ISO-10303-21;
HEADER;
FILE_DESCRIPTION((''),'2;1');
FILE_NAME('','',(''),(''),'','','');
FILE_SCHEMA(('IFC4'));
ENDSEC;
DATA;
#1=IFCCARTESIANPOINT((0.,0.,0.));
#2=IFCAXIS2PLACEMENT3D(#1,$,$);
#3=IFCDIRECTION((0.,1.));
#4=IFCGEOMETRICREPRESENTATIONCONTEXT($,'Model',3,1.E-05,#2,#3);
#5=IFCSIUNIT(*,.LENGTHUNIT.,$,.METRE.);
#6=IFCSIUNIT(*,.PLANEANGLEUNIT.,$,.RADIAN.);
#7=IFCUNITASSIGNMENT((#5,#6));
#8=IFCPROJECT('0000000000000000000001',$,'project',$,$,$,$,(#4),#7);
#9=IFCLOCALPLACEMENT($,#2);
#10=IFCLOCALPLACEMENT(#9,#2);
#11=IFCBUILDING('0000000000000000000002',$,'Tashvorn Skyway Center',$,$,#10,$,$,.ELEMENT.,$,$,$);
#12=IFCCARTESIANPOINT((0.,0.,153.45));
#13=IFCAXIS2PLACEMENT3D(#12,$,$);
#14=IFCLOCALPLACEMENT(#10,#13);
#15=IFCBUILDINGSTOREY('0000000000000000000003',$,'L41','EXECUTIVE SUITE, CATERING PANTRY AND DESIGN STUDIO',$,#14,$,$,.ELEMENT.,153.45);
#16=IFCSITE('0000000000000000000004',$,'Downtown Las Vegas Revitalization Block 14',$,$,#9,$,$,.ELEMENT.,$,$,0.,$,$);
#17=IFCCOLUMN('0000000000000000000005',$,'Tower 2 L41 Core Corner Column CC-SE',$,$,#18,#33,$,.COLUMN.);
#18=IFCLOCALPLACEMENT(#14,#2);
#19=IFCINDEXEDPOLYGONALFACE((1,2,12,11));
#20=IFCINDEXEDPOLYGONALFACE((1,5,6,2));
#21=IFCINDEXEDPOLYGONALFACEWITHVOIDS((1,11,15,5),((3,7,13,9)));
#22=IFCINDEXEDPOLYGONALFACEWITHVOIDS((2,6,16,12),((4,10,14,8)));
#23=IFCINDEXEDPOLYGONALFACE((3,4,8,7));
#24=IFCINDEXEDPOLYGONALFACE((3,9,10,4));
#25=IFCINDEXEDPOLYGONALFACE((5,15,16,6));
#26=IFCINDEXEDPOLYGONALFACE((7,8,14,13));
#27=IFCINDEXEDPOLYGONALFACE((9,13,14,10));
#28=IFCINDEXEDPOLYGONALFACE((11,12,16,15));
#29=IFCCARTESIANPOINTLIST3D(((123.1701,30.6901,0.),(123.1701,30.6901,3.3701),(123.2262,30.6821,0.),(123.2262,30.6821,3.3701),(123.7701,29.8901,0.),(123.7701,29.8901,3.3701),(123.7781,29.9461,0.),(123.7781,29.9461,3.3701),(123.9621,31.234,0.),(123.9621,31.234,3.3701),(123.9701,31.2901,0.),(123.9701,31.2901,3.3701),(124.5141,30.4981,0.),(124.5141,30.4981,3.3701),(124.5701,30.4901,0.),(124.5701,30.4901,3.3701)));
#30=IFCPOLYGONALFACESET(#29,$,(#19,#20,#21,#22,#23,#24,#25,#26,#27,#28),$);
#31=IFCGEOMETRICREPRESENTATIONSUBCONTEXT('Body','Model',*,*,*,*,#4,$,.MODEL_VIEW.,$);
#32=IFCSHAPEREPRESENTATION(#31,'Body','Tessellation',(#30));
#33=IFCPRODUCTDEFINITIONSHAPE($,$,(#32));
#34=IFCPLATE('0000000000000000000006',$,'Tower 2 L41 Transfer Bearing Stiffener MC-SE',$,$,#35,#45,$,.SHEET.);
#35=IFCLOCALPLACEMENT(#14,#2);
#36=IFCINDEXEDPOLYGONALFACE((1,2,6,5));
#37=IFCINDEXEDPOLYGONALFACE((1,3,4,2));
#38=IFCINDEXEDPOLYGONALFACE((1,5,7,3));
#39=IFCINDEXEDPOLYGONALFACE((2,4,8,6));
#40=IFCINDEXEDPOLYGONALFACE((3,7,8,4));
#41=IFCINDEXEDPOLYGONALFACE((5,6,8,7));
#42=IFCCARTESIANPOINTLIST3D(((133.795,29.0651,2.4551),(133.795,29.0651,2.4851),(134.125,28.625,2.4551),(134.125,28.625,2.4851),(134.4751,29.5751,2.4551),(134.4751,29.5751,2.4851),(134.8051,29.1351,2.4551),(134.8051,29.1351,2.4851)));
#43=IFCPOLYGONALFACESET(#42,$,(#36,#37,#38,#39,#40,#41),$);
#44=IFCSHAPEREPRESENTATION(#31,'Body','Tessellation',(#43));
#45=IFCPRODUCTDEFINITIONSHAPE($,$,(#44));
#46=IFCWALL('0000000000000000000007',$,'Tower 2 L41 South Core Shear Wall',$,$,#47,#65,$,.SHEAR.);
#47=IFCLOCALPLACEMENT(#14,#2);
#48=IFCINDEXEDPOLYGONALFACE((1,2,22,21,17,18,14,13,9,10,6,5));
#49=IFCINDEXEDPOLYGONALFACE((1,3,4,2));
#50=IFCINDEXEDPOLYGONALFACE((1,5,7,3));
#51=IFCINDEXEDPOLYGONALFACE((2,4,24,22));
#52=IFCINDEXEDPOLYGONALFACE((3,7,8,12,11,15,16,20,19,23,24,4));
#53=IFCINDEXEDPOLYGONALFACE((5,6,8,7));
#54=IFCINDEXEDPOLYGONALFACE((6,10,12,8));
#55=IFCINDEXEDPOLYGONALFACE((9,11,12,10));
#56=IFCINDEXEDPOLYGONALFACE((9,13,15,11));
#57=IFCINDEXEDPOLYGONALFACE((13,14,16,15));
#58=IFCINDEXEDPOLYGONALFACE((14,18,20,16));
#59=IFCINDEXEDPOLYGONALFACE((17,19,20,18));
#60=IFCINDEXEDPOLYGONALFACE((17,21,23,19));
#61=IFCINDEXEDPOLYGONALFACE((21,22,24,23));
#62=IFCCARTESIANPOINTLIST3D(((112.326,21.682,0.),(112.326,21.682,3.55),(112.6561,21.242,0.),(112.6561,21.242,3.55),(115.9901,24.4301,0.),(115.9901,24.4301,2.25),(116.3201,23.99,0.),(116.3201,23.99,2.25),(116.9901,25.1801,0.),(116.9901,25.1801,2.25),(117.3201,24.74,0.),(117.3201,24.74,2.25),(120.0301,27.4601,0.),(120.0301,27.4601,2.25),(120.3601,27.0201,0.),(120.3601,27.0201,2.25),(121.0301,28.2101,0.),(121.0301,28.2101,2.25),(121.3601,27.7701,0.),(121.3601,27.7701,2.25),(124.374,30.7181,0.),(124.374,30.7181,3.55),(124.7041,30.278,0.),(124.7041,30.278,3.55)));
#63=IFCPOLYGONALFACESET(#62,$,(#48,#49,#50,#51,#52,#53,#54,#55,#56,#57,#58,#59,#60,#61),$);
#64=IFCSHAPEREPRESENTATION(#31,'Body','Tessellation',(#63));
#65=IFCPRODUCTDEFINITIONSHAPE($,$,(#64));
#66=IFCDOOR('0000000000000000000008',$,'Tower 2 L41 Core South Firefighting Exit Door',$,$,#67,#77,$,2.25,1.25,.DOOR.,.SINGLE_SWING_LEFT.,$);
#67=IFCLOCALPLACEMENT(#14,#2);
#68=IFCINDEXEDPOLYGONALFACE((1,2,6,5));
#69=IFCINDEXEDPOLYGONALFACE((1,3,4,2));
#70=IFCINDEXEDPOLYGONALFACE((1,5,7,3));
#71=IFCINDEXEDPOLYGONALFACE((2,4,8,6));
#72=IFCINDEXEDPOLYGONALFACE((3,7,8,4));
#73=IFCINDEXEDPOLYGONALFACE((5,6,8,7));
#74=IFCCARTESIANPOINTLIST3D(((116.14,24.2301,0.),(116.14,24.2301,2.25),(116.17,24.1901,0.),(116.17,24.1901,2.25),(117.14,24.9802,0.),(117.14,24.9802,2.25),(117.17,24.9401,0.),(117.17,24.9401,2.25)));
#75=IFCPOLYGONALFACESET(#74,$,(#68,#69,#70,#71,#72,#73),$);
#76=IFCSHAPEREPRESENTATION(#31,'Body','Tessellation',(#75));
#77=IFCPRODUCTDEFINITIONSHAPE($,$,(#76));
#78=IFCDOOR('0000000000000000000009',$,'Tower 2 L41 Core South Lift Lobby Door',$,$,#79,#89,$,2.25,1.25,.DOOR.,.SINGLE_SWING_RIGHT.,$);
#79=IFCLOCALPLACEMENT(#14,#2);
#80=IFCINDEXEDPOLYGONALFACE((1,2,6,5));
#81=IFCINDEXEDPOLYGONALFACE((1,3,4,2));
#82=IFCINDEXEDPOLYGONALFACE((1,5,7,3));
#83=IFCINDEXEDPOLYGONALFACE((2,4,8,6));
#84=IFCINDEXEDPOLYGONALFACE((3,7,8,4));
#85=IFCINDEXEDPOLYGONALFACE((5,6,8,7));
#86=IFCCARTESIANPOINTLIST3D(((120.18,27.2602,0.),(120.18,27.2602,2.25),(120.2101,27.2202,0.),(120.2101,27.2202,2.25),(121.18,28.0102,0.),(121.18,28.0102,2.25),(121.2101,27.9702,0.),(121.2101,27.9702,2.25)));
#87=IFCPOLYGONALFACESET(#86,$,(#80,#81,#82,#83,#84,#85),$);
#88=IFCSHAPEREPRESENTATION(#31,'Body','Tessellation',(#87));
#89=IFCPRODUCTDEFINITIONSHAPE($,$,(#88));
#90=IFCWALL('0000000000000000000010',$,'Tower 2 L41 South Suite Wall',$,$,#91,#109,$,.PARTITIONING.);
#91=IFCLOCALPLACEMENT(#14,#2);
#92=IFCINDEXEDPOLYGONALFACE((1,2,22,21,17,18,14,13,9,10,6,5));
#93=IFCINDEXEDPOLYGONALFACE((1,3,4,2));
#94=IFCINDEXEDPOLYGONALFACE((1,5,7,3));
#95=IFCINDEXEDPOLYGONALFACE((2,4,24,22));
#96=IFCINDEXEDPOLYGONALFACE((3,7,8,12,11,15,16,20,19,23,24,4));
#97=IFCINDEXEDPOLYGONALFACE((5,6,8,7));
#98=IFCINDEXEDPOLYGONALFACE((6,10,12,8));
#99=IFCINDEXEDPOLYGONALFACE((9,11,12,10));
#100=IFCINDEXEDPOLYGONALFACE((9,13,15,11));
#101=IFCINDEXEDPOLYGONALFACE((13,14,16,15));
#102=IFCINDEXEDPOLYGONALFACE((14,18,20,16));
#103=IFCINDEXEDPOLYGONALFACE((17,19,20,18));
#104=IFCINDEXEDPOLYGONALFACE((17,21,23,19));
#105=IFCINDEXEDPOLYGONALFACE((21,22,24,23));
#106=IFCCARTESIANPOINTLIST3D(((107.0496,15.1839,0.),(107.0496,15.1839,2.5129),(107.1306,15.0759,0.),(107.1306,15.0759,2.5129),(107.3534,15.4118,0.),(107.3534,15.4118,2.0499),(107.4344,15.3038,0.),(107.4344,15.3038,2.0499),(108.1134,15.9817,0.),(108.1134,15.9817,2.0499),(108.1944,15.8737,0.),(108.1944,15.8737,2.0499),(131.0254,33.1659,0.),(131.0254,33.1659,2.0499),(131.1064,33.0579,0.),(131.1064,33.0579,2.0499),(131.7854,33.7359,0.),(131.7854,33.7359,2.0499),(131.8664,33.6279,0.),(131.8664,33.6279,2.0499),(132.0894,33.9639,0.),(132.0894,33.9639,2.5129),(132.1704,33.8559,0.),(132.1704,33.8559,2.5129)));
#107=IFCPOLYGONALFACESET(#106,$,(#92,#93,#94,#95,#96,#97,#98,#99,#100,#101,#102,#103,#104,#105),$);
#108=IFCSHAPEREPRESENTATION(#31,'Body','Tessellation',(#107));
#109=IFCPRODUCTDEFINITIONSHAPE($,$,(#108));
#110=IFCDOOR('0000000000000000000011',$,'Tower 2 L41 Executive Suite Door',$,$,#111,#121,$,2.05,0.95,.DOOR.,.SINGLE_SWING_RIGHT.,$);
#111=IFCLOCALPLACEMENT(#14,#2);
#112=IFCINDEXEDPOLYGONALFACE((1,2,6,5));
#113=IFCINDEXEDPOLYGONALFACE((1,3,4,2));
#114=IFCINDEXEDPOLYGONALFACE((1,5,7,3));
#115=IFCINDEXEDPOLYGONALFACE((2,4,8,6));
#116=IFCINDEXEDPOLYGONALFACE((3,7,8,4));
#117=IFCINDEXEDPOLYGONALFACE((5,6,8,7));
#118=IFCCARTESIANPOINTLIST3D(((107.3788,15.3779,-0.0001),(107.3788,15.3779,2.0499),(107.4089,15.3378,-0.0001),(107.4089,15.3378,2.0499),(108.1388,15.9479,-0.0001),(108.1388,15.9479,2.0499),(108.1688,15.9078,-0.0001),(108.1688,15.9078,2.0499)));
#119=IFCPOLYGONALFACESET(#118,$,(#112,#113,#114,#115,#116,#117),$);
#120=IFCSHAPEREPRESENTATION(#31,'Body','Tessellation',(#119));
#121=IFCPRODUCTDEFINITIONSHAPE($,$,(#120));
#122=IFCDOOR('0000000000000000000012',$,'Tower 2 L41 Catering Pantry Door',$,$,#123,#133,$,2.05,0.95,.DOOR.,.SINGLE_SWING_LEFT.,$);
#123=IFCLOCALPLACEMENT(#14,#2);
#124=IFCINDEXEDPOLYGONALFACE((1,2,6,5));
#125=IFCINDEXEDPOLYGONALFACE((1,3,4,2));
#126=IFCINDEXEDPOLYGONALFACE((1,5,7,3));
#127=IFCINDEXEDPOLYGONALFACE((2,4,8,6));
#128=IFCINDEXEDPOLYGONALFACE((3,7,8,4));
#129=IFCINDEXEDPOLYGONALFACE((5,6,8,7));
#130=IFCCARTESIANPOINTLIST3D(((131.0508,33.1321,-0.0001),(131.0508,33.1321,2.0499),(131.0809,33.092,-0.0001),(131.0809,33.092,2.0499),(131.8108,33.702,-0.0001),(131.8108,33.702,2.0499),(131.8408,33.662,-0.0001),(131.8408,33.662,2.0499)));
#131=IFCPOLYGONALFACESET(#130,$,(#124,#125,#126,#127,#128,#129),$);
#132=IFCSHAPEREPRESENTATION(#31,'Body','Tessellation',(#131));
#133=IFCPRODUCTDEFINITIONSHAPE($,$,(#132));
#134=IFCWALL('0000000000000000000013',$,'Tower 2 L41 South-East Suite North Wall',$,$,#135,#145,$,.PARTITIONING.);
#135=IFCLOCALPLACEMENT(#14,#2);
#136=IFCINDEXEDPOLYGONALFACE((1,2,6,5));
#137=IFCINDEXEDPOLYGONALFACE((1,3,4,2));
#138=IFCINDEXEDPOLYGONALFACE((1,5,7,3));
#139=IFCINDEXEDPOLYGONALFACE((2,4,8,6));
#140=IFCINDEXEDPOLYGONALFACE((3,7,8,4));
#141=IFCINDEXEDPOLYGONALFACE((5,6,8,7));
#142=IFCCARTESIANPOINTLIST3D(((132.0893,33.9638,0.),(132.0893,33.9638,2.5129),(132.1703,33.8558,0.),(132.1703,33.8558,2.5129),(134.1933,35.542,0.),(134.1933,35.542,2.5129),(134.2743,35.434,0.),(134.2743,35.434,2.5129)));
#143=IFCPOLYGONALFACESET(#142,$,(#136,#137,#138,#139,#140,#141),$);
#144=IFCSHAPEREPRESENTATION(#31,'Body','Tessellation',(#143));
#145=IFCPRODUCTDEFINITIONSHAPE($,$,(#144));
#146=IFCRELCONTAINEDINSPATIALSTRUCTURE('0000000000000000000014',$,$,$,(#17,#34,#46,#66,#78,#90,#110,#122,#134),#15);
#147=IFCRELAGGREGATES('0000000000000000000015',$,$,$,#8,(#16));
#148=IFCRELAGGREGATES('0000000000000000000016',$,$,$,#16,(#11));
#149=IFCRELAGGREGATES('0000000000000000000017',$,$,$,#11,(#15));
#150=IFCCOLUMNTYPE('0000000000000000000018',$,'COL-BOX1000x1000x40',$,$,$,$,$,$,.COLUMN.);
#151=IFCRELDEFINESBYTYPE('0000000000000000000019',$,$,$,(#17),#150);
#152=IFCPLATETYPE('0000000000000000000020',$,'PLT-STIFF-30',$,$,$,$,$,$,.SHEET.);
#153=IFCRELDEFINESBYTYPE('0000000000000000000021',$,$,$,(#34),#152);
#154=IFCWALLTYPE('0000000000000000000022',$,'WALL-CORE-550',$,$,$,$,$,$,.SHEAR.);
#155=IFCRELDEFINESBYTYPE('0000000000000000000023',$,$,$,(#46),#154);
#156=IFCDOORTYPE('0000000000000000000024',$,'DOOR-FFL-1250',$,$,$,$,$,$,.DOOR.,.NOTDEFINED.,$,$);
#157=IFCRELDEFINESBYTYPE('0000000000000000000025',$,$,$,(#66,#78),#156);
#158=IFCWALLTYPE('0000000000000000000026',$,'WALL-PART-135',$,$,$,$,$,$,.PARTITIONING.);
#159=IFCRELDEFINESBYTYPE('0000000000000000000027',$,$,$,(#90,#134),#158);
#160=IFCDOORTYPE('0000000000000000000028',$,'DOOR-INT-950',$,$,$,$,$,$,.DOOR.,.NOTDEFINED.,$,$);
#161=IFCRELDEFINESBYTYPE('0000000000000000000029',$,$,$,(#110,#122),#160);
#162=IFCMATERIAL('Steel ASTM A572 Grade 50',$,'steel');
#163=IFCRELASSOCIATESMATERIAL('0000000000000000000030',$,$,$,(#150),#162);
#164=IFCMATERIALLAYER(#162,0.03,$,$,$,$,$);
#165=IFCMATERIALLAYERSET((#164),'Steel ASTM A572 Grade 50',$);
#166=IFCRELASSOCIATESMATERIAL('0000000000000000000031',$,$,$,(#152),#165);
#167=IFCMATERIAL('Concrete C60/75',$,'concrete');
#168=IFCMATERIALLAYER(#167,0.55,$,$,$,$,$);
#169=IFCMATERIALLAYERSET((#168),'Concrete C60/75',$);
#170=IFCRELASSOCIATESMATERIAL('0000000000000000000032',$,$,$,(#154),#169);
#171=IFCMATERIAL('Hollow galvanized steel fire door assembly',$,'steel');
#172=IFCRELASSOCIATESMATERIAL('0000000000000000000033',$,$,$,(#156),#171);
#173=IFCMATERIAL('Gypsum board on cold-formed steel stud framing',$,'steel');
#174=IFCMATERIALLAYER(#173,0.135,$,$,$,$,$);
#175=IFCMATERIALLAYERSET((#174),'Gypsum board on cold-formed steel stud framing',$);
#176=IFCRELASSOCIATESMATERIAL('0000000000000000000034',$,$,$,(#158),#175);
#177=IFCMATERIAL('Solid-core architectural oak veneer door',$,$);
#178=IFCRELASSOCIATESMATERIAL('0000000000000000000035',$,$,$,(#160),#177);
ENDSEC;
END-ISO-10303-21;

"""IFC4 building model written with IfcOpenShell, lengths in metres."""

from ifc_helpers import new_model, si_unit, direction, frame, frame_2d, origin, origin_2d, place, context, subcontext, project, spatial, rectangle, hollow_rectangle, extrude, material, layer, layer_set, material_profile, profile_set, type_object, element, fill, save


model = new_model("IFC4")

# Units and contexts
model_context = context("Model", 3, precision=1e-05, world=origin(), true_north=direction((0.0, 1.0)))
body_context = subcontext(model_context, "Body", "Model", "MODEL_VIEW")
ifc_project = project(units=[si_unit("LENGTHUNIT", "METRE"), si_unit("PLANEANGLEUNIT", "RADIAN")], contexts=[model_context])

# Site, building, storey
site_placement = place(None, origin())
site = spatial("IfcSite", under=ifc_project, at=site_placement, Name="Downtown Las Vegas Revitalization Block 14", CompositionType="ELEMENT", RefElevation=0.0)
building_placement = place(site_placement, origin())
building = spatial("IfcBuilding", under=site, at=building_placement, Name="Tashvorn Skyway Center", CompositionType="ELEMENT")
storey_placement = place(building_placement, frame((0.0, 0.0, 153.45)))
storey = spatial("IfcBuildingStorey", under=building, at=storey_placement, Name="L41", Description="EXECUTIVE SUITE, CATERING PANTRY AND DESIGN STUDIO", CompositionType="ELEMENT", Elevation=153.45)

# Column
ifc_material_1 = material(Name="Steel ASTM A572 Grade 50", Category="steel")
ifc_material_profile = material_profile(ifc_material_1, hollow_rectangle(XDim=1.0, YDim=1.0, WallThickness=0.04, at=origin_2d()), Name="BOX1000x1000x40")
ifc_profile_set = profile_set([ifc_material_profile], Name="Steel ASTM A572 Grade 50")
column_type = type_object("IfcColumnType", Name="COL-BOX1000x1000x40", PredefinedType="COLUMN", material=ifc_profile_set)
column_placement = place(storey_placement, frame((123.8701, 30.5901, 0.0), z_axis=(0.0, 0.0, 1.0), x_axis=(0.8, 0.6, 0.0)))
element("IfcColumn", 1, at=column_placement, inside=storey, type_object=column_type, Name="Tower 2 L41 Core Corner Column CC-SE", PredefinedType="COLUMN", context=body_context, shape_type="SweptSolid", body=[
    extrude(hollow_rectangle(XDim=1.0, YDim=1.0, WallThickness=0.04, at=origin_2d()), origin(), (0.0, 0.0, 1.0), 3.3701),
])

# Plate
ifc_layer_1 = layer(ifc_material_1, 0.03)
ifc_layer_set_1 = layer_set([ifc_layer_1], Name="Steel ASTM A572 Grade 50")
plate_type = type_object("IfcPlateType", Name="PLT-STIFF-30", PredefinedType="SHEET", material=ifc_layer_set_1)
plate_placement = place(storey_placement, frame((134.3, 29.1001, 2.4551), z_axis=(0.0, 0.0, 1.0), x_axis=(0.8, 0.6, 0.0)))
element("IfcPlate", 2, at=plate_placement, inside=storey, type_object=plate_type, Name="Tower 2 L41 Transfer Bearing Stiffener MC-SE", PredefinedType="SHEET", context=body_context, shape_type="SweptSolid", body=[
    extrude(rectangle(XDim=0.8501, YDim=0.55, at=origin_2d()), origin(), (0.0, 0.0, 1.0), 0.03),
])

# Walls, openings, doors
ifc_material_2 = material(Name="Concrete C60/75", Category="concrete")
ifc_layer_2 = layer(ifc_material_2, 0.55)
ifc_layer_set_2 = layer_set([ifc_layer_2], Name="Concrete C60/75")
wall_type_1 = type_object("IfcWallType", Name="WALL-CORE-550", PredefinedType="SHEAR", material=ifc_layer_set_2)
wall_1_placement = place(storey_placement, frame((124.5391, 30.498, 0.0), z_axis=(0.0, 0.0, 1.0), x_axis=(-0.799998, -0.600003, 0.0)))
wall_1 = element("IfcWall", 3, at=wall_1_placement, inside=storey, type_object=wall_type_1, Name="Tower 2 L41 South Core Shear Wall", PredefinedType="SHEAR", context=body_context, shape_type="SweptSolid", body=[
    extrude(rectangle(XDim=15.0601, YDim=0.55, at=frame_2d((7.53, 0.0))), origin(), (0.0, 0.0, 1.0), 3.55),
])
opening_1_placement = place(wall_1_placement, frame((9.23, 0.0, 0.0)))
opening_1 = element("IfcOpeningElement", 4, at=opening_1_placement, cuts=wall_1, PredefinedType="OPENING", context=body_context, shape_type="SweptSolid", body=[
    extrude(rectangle(XDim=1.25, YDim=2.25, at=frame_2d((0.625, 1.125))), frame((0.0, 0.2849, 0.0), z_axis=(0.0, -1.0, 0.0), x_axis=(1.0, 0.0, 0.0)), (0.0, 0.0, 1.0), 0.5701),
])
opening_2_placement = place(wall_1_placement, frame((4.1799, 0.0, 0.0)))
opening_2 = element("IfcOpeningElement", 5, at=opening_2_placement, cuts=wall_1, PredefinedType="OPENING", context=body_context, shape_type="SweptSolid", body=[
    extrude(rectangle(XDim=1.25, YDim=2.25, at=frame_2d((0.625, 1.125))), frame((0.0, 0.2849, 0.0), z_axis=(0.0, -1.0, 0.0), x_axis=(1.0, 0.0, 0.0)), (0.0, 0.0, 1.0), 0.5701),
])
ifc_material_3 = material(Name="Hollow galvanized steel fire door assembly", Category="steel")
door_type_1 = type_object("IfcDoorType", Name="DOOR-FFL-1250", OperationType="NOTDEFINED", PredefinedType="DOOR", material=ifc_material_3)
door_1_placement = place(opening_1_placement, origin())
door_1 = element("IfcDoor", 6, at=door_1_placement, inside=storey, type_object=door_type_1, Name="Tower 2 L41 Core South Firefighting Exit Door", OperationType="SINGLE_SWING_LEFT", OverallHeight=2.25, OverallWidth=1.25, PredefinedType="DOOR", context=body_context, shape_type="SweptSolid", body=[
    extrude(rectangle(XDim=1.25, YDim=2.25, at=frame_2d((0.625, 1.125))), frame((0.0, 0.0249, 0.0), z_axis=(0.0, -1.0, 0.0), x_axis=(1.0, 0.0, 0.0)), (0.0, 0.0, 1.0), 0.05),
])
fill(opening_1, door_1)
door_2_placement = place(opening_2_placement, origin())
door_2 = element("IfcDoor", 7, at=door_2_placement, inside=storey, type_object=door_type_1, Name="Tower 2 L41 Core South Lift Lobby Door", OperationType="SINGLE_SWING_RIGHT", OverallHeight=2.25, OverallWidth=1.25, PredefinedType="DOOR", context=body_context, shape_type="SweptSolid", body=[
    extrude(rectangle(XDim=1.25, YDim=2.25, at=frame_2d((0.625, 1.125))), frame((0.0, 0.0249, 0.0), z_axis=(0.0, -1.0, 0.0), x_axis=(1.0, 0.0, 0.0)), (0.0, 0.0, 1.0), 0.05),
])
fill(opening_2, door_2)
ifc_material_4 = material(Name="Gypsum board on cold-formed steel stud framing", Category="steel")
ifc_layer_3 = layer(ifc_material_4, 0.135)
ifc_layer_set_3 = layer_set([ifc_layer_3], Name="Gypsum board on cold-formed steel stud framing")
wall_type_2 = type_object("IfcWallType", Name="WALL-PART-135", PredefinedType="PARTITIONING", material=ifc_layer_set_3)
wall_2_placement = place(storey_placement, frame((132.1299, 33.9099, 0.0), z_axis=(0.0, 0.0, 1.0), x_axis=(-0.799997, -0.600004, 0.0)))
wall_2 = element("IfcWall", 8, at=wall_2_placement, inside=storey, type_object=wall_type_2, Name="Tower 2 L41 South Suite Wall", PredefinedType="PARTITIONING", context=body_context, shape_type="SweptSolid", body=[
    extrude(rectangle(XDim=31.2998, YDim=0.135, at=frame_2d((15.6499, 0.0))), origin(), (0.0, 0.0, 1.0), 2.5129),
])
opening_3_placement = place(wall_2_placement, frame((29.97, 0.0, 0.0)))
opening_3 = element("IfcOpeningElement", 9, at=opening_3_placement, cuts=wall_2, PredefinedType="OPENING", context=body_context, shape_type="SweptSolid", body=[
    extrude(rectangle(XDim=0.95, YDim=2.05, at=frame_2d((0.4751, 1.0249))), frame((0.0, 0.0774, 0.0), z_axis=(0.0, -1.0, 0.0), x_axis=(1.0, 0.0, 0.0)), (0.0, 0.0, 1.0), 0.155),
])
opening_4_placement = place(wall_2_placement, frame((0.3799, 0.0, 0.0)))
opening_4 = element("IfcOpeningElement", 10, at=opening_4_placement, cuts=wall_2, PredefinedType="OPENING", context=body_context, shape_type="SweptSolid", body=[
    extrude(rectangle(XDim=0.95, YDim=2.05, at=frame_2d((0.4751, 1.0249))), frame((0.0, 0.0774, 0.0), z_axis=(0.0, -1.0, 0.0), x_axis=(1.0, 0.0, 0.0)), (0.0, 0.0, 1.0), 0.155),
])
ifc_material_5 = material(Name="Solid-core architectural oak veneer door")
door_type_2 = type_object("IfcDoorType", Name="DOOR-INT-950", OperationType="NOTDEFINED", PredefinedType="DOOR", material=ifc_material_5)
door_3_placement = place(opening_3_placement, origin())
door_3 = element("IfcDoor", 11, at=door_3_placement, inside=storey, type_object=door_type_2, Name="Tower 2 L41 Executive Suite Door", OperationType="SINGLE_SWING_RIGHT", OverallHeight=2.05, OverallWidth=0.95, PredefinedType="DOOR", context=body_context, shape_type="SweptSolid", body=[
    extrude(rectangle(XDim=0.95, YDim=2.05, at=frame_2d((0.4751, 1.0249))), frame((0.0, 0.0249, 0.0), z_axis=(0.0, -1.0, 0.0), x_axis=(1.0, 0.0, 0.0)), (0.0, 0.0, 1.0), 0.05),
])
fill(opening_3, door_3)
door_4_placement = place(opening_4_placement, origin())
door_4 = element("IfcDoor", 12, at=door_4_placement, inside=storey, type_object=door_type_2, Name="Tower 2 L41 Catering Pantry Door", OperationType="SINGLE_SWING_LEFT", OverallHeight=2.05, OverallWidth=0.95, PredefinedType="DOOR", context=body_context, shape_type="SweptSolid", body=[
    extrude(rectangle(XDim=0.95, YDim=2.05, at=frame_2d((0.4751, 1.0249))), frame((0.0, 0.0249, 0.0), z_axis=(0.0, -1.0, 0.0), x_axis=(1.0, 0.0, 0.0)), (0.0, 0.0, 1.0), 0.05),
])
fill(opening_4, door_4)

# Wall
wall_3_placement = place(storey_placement, frame((132.1299, 33.9099, 0.0), z_axis=(0.0, 0.0, 1.0), x_axis=(0.799978, 0.60003, 0.0)))
element("IfcWall", 13, at=wall_3_placement, inside=storey, type_object=wall_type_2, Name="Tower 2 L41 South-East Suite North Wall", PredefinedType="PARTITIONING", context=body_context, shape_type="SweptSolid", body=[
    extrude(rectangle(XDim=2.6301, YDim=0.135, at=frame_2d((1.3149, 0.0))), origin(), (0.0, 0.0, 1.0), 2.5129),
])

save(model, "model.ifc")
